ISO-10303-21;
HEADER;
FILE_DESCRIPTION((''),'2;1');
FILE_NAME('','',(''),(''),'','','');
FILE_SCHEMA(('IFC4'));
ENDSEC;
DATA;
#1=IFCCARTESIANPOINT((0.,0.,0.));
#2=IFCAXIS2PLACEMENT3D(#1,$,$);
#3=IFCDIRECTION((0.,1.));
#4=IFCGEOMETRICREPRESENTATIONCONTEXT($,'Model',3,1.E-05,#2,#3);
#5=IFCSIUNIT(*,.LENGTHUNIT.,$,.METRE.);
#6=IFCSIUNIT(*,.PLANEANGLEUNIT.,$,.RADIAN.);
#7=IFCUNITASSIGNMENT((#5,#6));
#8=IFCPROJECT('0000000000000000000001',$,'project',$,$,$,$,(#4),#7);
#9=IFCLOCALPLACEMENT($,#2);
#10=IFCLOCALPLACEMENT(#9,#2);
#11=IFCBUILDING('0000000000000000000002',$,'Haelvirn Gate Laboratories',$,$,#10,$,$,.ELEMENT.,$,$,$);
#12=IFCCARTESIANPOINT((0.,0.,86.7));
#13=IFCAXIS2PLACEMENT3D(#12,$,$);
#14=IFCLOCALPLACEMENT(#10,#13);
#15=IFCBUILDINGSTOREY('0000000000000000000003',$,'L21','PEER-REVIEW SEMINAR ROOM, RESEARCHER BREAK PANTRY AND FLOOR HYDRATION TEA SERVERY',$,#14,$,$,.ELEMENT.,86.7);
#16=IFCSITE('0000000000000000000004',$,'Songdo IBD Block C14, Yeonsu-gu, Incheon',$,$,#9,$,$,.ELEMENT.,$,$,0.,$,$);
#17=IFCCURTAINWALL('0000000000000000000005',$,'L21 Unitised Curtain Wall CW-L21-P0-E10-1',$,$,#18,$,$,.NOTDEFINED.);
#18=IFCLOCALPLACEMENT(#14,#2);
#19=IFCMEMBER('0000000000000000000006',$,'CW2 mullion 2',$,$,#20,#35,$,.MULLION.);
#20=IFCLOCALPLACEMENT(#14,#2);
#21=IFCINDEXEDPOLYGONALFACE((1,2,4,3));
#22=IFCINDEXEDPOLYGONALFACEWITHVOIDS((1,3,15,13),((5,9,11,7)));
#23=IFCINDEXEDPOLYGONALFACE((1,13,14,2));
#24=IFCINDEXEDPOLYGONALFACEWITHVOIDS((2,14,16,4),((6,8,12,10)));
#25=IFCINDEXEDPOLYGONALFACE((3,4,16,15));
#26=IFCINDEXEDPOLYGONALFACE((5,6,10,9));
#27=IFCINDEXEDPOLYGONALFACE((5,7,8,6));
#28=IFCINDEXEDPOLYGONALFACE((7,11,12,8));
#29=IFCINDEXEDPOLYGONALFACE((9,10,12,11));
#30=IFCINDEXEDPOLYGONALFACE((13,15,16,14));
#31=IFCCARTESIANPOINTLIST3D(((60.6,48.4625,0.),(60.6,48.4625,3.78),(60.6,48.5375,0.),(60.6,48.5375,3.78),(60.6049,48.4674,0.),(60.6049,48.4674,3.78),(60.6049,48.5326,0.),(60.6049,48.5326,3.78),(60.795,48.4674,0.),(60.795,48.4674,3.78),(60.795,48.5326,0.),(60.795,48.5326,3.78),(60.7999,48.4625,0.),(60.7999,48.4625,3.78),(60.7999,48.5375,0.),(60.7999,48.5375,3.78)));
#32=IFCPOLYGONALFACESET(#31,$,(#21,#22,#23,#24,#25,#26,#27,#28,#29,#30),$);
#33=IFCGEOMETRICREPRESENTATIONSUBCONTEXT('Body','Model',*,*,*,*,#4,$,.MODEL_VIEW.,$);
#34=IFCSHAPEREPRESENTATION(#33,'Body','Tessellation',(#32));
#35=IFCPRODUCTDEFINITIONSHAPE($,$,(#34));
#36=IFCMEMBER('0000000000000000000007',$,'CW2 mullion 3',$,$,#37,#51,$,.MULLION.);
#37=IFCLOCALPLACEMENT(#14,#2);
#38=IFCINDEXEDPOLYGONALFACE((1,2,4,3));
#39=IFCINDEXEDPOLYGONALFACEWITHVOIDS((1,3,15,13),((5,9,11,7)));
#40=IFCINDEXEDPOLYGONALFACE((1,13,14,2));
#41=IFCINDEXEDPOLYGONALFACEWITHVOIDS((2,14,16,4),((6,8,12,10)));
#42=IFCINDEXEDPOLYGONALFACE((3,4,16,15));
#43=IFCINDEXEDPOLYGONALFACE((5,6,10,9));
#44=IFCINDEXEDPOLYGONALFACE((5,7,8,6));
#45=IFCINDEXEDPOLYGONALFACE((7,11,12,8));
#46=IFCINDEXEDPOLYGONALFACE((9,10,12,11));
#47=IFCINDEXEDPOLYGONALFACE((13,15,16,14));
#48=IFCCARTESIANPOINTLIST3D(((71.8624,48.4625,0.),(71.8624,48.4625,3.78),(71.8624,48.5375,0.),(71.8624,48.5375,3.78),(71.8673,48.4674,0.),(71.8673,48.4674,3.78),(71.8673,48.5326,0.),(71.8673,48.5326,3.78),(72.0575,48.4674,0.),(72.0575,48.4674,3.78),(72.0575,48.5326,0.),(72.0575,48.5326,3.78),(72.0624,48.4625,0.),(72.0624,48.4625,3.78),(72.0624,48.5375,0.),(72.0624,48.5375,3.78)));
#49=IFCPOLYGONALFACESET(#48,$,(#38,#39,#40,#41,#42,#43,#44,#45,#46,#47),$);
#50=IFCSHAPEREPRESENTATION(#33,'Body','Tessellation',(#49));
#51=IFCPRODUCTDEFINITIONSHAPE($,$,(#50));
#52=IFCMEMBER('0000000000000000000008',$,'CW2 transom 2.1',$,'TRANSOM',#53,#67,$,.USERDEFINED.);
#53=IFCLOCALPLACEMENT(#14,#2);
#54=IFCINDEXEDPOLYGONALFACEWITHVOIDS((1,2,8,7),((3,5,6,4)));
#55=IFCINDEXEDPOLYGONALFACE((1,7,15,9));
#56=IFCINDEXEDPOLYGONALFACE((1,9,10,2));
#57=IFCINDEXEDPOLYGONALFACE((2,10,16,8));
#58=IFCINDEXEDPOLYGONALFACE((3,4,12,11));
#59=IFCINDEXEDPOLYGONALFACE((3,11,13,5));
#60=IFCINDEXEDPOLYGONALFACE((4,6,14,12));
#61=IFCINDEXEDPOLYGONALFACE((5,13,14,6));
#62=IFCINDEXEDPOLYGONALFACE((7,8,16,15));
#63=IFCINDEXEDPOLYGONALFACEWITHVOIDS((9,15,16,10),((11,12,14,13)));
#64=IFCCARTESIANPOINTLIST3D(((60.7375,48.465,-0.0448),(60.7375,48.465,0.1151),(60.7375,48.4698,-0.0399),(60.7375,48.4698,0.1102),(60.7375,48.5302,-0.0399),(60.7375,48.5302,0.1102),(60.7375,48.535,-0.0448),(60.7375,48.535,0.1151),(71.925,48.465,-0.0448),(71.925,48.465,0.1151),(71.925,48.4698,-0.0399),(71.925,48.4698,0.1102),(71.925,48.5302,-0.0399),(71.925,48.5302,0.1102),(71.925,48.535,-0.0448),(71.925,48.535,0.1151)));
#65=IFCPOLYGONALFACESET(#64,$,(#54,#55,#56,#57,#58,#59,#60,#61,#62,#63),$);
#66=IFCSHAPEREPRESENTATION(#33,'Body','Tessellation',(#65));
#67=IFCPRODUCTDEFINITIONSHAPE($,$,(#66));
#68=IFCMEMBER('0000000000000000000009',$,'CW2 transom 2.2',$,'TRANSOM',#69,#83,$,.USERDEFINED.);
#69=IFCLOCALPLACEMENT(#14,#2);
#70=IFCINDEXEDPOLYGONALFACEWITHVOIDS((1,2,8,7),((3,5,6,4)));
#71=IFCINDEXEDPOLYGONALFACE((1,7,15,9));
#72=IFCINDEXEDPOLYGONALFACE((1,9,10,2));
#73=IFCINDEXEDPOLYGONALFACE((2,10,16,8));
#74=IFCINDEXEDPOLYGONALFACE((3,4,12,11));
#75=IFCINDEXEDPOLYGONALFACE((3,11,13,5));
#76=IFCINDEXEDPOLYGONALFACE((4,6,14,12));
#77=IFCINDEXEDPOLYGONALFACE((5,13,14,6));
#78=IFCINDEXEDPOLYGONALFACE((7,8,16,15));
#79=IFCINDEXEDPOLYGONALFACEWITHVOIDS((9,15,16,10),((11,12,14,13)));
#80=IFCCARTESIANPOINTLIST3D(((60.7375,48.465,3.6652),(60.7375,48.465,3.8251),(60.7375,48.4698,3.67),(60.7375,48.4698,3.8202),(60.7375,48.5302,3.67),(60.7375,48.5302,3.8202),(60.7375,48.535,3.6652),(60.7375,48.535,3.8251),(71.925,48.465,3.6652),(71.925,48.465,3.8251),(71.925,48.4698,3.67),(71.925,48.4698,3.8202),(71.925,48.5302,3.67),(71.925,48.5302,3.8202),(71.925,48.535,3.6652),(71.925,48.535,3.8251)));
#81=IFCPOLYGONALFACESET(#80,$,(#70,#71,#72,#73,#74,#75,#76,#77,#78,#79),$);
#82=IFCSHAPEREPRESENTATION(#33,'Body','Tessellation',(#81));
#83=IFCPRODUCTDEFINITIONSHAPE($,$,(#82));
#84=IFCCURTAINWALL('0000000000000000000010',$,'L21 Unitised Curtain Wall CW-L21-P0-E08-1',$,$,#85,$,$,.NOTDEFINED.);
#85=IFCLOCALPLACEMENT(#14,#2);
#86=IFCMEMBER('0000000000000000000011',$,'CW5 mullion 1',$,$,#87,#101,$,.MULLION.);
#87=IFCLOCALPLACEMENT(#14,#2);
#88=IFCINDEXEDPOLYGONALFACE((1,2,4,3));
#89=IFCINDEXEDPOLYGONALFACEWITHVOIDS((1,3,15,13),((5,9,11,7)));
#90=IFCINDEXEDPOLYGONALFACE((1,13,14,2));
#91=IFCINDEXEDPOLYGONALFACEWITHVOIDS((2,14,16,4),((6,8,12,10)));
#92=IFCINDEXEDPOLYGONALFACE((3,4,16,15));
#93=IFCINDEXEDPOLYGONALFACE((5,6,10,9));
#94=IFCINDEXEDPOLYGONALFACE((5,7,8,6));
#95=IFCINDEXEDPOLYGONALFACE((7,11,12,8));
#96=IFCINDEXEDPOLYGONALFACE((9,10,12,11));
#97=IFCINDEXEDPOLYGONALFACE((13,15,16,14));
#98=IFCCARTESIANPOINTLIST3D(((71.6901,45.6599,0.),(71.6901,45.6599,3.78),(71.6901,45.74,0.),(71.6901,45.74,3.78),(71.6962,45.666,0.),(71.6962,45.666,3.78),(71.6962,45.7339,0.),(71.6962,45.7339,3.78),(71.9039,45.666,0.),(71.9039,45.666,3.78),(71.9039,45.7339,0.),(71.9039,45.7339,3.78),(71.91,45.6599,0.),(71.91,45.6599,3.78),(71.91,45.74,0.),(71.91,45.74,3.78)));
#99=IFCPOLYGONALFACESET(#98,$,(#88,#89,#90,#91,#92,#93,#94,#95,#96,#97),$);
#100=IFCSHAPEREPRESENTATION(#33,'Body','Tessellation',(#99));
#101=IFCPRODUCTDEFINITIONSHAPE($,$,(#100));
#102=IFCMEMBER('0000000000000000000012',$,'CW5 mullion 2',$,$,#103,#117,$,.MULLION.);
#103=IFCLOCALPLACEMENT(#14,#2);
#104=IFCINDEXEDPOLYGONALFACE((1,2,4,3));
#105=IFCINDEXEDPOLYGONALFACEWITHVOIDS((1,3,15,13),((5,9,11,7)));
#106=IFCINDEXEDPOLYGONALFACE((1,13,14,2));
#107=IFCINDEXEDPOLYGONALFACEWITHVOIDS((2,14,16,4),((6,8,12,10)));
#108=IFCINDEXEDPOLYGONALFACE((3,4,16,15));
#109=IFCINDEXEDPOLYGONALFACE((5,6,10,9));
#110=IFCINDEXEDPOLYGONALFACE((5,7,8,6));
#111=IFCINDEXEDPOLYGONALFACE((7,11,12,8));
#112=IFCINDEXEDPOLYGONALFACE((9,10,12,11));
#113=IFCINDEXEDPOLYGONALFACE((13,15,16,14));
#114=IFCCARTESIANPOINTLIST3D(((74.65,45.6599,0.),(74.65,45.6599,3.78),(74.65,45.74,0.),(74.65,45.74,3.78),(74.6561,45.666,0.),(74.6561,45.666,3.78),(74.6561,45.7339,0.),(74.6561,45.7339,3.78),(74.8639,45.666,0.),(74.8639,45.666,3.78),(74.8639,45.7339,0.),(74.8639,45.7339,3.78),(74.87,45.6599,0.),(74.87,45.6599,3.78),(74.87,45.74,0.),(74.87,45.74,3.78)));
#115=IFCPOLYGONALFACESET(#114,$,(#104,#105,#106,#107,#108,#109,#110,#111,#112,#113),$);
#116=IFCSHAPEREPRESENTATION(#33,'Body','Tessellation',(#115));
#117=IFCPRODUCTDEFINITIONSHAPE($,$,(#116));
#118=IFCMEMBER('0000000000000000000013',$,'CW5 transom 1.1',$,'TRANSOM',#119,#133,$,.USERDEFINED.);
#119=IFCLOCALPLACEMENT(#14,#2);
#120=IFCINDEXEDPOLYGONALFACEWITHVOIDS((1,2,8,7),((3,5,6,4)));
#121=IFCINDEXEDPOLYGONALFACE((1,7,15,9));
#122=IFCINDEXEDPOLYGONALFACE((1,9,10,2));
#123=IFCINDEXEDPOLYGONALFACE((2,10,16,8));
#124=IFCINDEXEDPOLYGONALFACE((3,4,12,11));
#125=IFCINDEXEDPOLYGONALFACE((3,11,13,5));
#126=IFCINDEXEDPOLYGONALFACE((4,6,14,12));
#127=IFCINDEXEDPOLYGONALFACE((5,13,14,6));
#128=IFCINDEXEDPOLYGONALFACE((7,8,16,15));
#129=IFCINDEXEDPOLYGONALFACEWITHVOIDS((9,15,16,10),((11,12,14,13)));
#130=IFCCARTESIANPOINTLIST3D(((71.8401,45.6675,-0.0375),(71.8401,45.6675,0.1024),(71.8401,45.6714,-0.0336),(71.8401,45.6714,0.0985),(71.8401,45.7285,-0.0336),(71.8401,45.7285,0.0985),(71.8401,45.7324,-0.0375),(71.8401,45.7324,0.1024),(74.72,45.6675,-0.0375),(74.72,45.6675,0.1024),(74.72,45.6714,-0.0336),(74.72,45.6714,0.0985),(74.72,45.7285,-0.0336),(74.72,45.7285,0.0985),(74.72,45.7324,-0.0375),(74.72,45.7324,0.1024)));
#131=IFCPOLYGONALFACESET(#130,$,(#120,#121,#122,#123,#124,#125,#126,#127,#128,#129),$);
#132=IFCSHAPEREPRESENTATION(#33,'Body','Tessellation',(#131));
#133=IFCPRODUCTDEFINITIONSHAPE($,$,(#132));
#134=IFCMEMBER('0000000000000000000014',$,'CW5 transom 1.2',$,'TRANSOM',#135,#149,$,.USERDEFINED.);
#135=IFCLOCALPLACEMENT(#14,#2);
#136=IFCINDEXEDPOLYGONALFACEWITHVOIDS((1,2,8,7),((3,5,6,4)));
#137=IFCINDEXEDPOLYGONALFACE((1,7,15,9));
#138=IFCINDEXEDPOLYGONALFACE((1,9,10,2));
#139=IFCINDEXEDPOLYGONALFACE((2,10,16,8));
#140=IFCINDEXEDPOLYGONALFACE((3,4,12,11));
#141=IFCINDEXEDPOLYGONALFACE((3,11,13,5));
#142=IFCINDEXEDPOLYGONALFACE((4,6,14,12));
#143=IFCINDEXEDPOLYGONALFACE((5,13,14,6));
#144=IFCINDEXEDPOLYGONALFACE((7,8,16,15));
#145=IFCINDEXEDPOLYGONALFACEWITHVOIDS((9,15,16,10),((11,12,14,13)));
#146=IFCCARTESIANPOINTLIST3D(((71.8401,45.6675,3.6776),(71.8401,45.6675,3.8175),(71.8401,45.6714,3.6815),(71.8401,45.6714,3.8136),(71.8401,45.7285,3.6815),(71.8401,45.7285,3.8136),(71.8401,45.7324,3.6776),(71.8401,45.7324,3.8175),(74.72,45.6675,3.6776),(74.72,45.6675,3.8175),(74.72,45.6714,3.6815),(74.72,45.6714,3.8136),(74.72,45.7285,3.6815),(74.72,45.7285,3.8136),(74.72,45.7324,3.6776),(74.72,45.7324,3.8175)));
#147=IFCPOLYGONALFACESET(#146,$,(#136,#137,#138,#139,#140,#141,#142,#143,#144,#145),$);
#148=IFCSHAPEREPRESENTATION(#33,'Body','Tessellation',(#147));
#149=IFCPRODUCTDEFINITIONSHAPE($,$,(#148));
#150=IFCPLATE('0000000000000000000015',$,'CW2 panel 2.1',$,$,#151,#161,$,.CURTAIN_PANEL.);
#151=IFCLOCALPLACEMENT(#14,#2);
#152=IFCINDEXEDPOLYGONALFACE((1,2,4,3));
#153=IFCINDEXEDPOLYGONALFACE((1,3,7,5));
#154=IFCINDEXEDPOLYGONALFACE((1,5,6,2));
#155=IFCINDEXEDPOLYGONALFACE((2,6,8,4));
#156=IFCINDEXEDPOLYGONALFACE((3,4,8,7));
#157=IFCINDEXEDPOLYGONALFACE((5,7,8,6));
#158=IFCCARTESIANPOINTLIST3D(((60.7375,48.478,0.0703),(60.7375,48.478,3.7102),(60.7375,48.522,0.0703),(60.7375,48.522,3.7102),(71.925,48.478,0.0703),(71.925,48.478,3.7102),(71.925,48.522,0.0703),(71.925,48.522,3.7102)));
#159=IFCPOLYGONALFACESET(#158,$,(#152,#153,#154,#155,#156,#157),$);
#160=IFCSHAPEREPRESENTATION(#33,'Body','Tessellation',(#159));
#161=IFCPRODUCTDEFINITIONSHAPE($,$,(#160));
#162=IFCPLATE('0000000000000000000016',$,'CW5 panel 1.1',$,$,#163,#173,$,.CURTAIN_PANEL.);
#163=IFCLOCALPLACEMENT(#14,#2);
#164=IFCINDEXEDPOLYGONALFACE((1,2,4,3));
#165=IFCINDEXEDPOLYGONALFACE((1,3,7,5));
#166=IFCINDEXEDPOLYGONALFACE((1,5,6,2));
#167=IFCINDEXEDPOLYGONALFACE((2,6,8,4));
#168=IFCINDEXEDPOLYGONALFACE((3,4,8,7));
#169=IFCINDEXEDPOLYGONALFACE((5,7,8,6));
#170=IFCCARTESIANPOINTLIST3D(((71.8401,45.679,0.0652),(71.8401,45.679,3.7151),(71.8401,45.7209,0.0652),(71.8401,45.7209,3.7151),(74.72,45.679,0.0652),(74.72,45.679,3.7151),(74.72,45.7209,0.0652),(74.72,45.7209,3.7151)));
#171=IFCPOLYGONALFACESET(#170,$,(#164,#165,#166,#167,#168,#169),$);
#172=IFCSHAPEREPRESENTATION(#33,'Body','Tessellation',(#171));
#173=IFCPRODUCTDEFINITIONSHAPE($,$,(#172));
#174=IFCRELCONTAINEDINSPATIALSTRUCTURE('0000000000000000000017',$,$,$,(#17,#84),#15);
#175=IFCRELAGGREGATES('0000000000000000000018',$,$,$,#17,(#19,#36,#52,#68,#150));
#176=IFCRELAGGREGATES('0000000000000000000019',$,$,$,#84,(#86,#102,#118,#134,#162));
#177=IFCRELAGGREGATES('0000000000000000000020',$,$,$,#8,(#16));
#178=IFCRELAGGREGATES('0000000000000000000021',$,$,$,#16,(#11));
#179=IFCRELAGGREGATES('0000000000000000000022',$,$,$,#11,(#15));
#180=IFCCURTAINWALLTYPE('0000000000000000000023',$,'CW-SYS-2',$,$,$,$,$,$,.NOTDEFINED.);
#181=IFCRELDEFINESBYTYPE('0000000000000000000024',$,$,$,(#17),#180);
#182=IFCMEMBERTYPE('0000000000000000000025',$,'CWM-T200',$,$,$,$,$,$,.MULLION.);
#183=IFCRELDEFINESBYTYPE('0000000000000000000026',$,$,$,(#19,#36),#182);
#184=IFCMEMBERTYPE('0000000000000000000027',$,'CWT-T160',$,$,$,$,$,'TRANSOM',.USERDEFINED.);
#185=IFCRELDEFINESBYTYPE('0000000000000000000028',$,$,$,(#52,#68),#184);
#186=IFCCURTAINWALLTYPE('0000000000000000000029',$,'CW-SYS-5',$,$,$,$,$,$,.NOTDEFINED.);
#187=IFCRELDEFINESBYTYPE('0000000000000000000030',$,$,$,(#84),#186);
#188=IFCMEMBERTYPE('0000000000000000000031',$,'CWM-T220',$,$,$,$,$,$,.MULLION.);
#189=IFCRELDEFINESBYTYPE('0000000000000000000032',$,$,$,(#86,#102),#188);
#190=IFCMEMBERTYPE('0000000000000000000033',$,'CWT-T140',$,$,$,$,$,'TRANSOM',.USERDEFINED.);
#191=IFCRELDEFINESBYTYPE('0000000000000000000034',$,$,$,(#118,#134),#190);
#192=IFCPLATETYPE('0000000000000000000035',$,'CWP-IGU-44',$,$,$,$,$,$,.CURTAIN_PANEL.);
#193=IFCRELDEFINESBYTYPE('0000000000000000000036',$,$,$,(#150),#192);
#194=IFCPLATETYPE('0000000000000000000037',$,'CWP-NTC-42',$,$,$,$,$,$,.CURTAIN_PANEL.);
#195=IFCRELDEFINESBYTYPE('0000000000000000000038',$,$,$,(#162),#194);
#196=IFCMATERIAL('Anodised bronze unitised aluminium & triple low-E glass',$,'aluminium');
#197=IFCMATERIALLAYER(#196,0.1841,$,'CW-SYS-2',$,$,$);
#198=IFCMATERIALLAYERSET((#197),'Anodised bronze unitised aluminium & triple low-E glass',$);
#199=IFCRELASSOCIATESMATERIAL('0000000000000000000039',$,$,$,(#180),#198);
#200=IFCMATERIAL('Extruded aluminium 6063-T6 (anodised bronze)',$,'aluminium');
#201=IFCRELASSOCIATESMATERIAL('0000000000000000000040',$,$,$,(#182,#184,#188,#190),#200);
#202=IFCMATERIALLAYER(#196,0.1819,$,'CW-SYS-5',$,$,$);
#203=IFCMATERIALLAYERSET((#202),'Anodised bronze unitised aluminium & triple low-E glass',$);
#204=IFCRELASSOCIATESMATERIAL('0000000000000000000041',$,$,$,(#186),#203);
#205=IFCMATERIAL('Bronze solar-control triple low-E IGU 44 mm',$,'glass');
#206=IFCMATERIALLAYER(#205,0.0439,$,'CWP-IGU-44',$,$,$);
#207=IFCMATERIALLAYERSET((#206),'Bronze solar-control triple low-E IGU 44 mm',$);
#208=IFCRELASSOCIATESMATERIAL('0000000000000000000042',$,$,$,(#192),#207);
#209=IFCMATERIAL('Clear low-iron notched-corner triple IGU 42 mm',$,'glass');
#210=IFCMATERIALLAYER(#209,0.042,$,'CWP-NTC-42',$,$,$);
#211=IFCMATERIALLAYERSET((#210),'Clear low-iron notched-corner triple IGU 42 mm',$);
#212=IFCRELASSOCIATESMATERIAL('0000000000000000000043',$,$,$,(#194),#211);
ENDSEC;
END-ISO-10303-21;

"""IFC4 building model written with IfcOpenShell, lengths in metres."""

from ifc_helpers import new_model, si_unit, direction, frame, origin, origin_2d, place, context, subcontext, project, spatial, rectangle, hollow_rectangle, extrude, source, transform, mapped, material, layer, layer_set, material_profile, profile_set, type_object, type_shapes, element, aggregate, save


model = new_model("IFC4")

# Units and contexts
model_context = context("Model", 3, precision=1e-05, world=origin(), true_north=direction((0.0, 1.0)))
body_context = subcontext(model_context, "Body", "Model", "MODEL_VIEW")
ifc_project = project(units=[si_unit("LENGTHUNIT", "METRE"), si_unit("PLANEANGLEUNIT", "RADIAN")], contexts=[model_context])

# Site, building, storey
site_placement = place(None, origin())
site = spatial("IfcSite", under=ifc_project, at=site_placement, Name="Songdo IBD Block C14, Yeonsu-gu, Incheon", CompositionType="ELEMENT", RefElevation=0.0)
building_placement = place(site_placement, origin())
building = spatial("IfcBuilding", under=site, at=building_placement, Name="Haelvirn Gate Laboratories", CompositionType="ELEMENT")
storey_placement = place(building_placement, frame((0.0, 0.0, 86.7)))
storey = spatial("IfcBuildingStorey", under=building, at=storey_placement, Name="L21", Description="PEER-REVIEW SEMINAR ROOM, RESEARCHER BREAK PANTRY AND FLOOR HYDRATION TEA SERVERY", CompositionType="ELEMENT", Elevation=86.7)

# Shared definitions
ifc_material_1 = material(Name="Anodised bronze unitised aluminium & triple low-E glass", Category="aluminium")
ifc_layer_1 = layer(ifc_material_1, 0.1841, Name="CW-SYS-2")
ifc_layer_set_1 = layer_set([ifc_layer_1], Name="Anodised bronze unitised aluminium & triple low-E glass")
curtain_wall_type_1 = type_object("IfcCurtainWallType", Name="CW-SYS-2", PredefinedType="NOTDEFINED", material=ifc_layer_set_1)
ifc_material_2 = material(Name="Extruded aluminium 6063-T6 (anodised bronze)", Category="aluminium")
ifc_material_profile_1 = material_profile(ifc_material_2, hollow_rectangle(XDim=0.075, YDim=0.2, WallThickness=0.0049, at=origin_2d()), Name="CWM-200x75x5")
ifc_profile_set_1 = profile_set([ifc_material_profile_1], Name="Extruded aluminium 6063-T6 (anodised bronze)")
member_type_1 = type_object("IfcMemberType", Name="CWM-T200", PredefinedType="MULLION", material=ifc_profile_set_1)
shared_shape_1 = source(origin(), body_context, "Body", "SweptSolid", [
    extrude(hollow_rectangle(XDim=0.075, YDim=0.2, WallThickness=0.0049, at=origin_2d()), origin(), (0.0, 0.0, 1.0), 3.78),
])
type_shapes(member_type_1, [shared_shape_1])

# Curtain walls, members
curtain_wall_1_placement = place(storey_placement, origin())
curtain_wall_1 = element("IfcCurtainWall", 1, at=curtain_wall_1_placement, inside=storey, type_object=curtain_wall_type_1, Name="L21 Unitised Curtain Wall CW-L21-P0-E10-1", PredefinedType="NOTDEFINED")
member_1_placement = place(storey_placement, frame((60.7, 48.5, 0.0), z_axis=(0.0, 0.0, 1.0), x_axis=(0.0, 1.0, 0.0)))
member_1 = element("IfcMember", 2, at=member_1_placement, type_object=member_type_1, Name="CW2 mullion 2", PredefinedType="MULLION", context=body_context, shape_type="MappedRepresentation", body=[
    mapped(shared_shape_1, transform((0.0, 0.0, 0.0), scale=1.0)),
])
member_2_placement = place(storey_placement, frame((71.9624, 48.5, 0.0), z_axis=(0.0, 0.0, 1.0), x_axis=(0.0, 1.0, 0.0)))
member_2 = element("IfcMember", 3, at=member_2_placement, type_object=member_type_1, Name="CW2 mullion 3", PredefinedType="MULLION", context=body_context, shape_type="MappedRepresentation", body=[
    mapped(shared_shape_1, transform((0.0, 0.0, 0.0), scale=1.0)),
])
ifc_material_profile_2 = material_profile(ifc_material_2, hollow_rectangle(XDim=0.0701, YDim=0.1599, WallThickness=0.0049, at=origin_2d()), Name="CWT-160x70x5")
ifc_profile_set_2 = profile_set([ifc_material_profile_2], Name="Extruded aluminium 6063-T6 (anodised bronze)")
member_type_2 = type_object("IfcMemberType", Name="CWT-T160", ElementType="TRANSOM", PredefinedType="USERDEFINED", material=ifc_profile_set_2)
shared_shape_2 = source(origin(), body_context, "Body", "SweptSolid", [
    extrude(hollow_rectangle(XDim=0.0701, YDim=0.1599, WallThickness=0.0049, at=origin_2d()), origin(), (0.0, 0.0, 1.0), 11.1875),
])
type_shapes(member_type_2, [shared_shape_2])
member_3_placement = place(storey_placement, frame((60.7375, 48.5, 0.0352), z_axis=(1.0, 0.0, 0.0), x_axis=(0.0, 1.0, 0.0)))
member_3 = element("IfcMember", 4, at=member_3_placement, type_object=member_type_2, Name="CW2 transom 2.1", ObjectType="TRANSOM", PredefinedType="USERDEFINED", context=body_context, shape_type="MappedRepresentation", body=[
    mapped(shared_shape_2, transform((0.0, 0.0, 0.0), scale=1.0)),
])
member_4_placement = place(storey_placement, frame((60.7375, 48.5, 3.7451), z_axis=(1.0, 0.0, 0.0), x_axis=(0.0, 1.0, 0.0)))
member_4 = element("IfcMember", 5, at=member_4_placement, type_object=member_type_2, Name="CW2 transom 2.2", ObjectType="TRANSOM", PredefinedType="USERDEFINED", context=body_context, shape_type="MappedRepresentation", body=[
    mapped(shared_shape_2, transform((0.0, 0.0, 0.0), scale=1.0)),
])
ifc_layer_2 = layer(ifc_material_1, 0.1819, Name="CW-SYS-5")
ifc_layer_set_2 = layer_set([ifc_layer_2], Name="Anodised bronze unitised aluminium & triple low-E glass")
curtain_wall_type_2 = type_object("IfcCurtainWallType", Name="CW-SYS-5", PredefinedType="NOTDEFINED", material=ifc_layer_set_2)
curtain_wall_2_placement = place(storey_placement, origin())
curtain_wall_2 = element("IfcCurtainWall", 6, at=curtain_wall_2_placement, inside=storey, type_object=curtain_wall_type_2, Name="L21 Unitised Curtain Wall CW-L21-P0-E08-1", PredefinedType="NOTDEFINED")
ifc_material_profile_3 = material_profile(ifc_material_2, hollow_rectangle(XDim=0.0801, YDim=0.22, WallThickness=0.0061, at=origin_2d()), Name="CWM-220x80x6")
ifc_profile_set_3 = profile_set([ifc_material_profile_3], Name="Extruded aluminium 6063-T6 (anodised bronze)")
member_type_3 = type_object("IfcMemberType", Name="CWM-T220", PredefinedType="MULLION", material=ifc_profile_set_3)
shared_shape_3 = source(origin(), body_context, "Body", "SweptSolid", [
    extrude(hollow_rectangle(XDim=0.0801, YDim=0.22, WallThickness=0.0061, at=origin_2d()), origin(), (0.0, 0.0, 1.0), 3.78),
])
type_shapes(member_type_3, [shared_shape_3])
member_5_placement = place(storey_placement, frame((71.8, 45.7, 0.0), z_axis=(0.0, 0.0, 1.0), x_axis=(0.0, 1.0, 0.0)))
member_5 = element("IfcMember", 7, at=member_5_placement, type_object=member_type_3, Name="CW5 mullion 1", PredefinedType="MULLION", context=body_context, shape_type="MappedRepresentation", body=[
    mapped(shared_shape_3, transform((0.0, 0.0, 0.0), scale=1.0)),
])
member_6_placement = place(storey_placement, frame((74.76, 45.7, 0.0), z_axis=(0.0, 0.0, 1.0), x_axis=(0.0, 1.0, 0.0)))
member_6 = element("IfcMember", 8, at=member_6_placement, type_object=member_type_3, Name="CW5 mullion 2", PredefinedType="MULLION", context=body_context, shape_type="MappedRepresentation", body=[
    mapped(shared_shape_3, transform((0.0, 0.0, 0.0), scale=1.0)),
])
ifc_material_profile_4 = material_profile(ifc_material_2, hollow_rectangle(XDim=0.0649, YDim=0.1399, WallThickness=0.0039, at=origin_2d()), Name="CWT-140x65x4")
ifc_profile_set_4 = profile_set([ifc_material_profile_4], Name="Extruded aluminium 6063-T6 (anodised bronze)")
member_type_4 = type_object("IfcMemberType", Name="CWT-T140", ElementType="TRANSOM", PredefinedType="USERDEFINED", material=ifc_profile_set_4)
shared_shape_4 = source(origin(), body_context, "Body", "SweptSolid", [
    extrude(hollow_rectangle(XDim=0.0649, YDim=0.1399, WallThickness=0.0039, at=origin_2d()), origin(), (0.0, 0.0, 1.0), 2.8799),
])
type_shapes(member_type_4, [shared_shape_4])
member_7_placement = place(storey_placement, frame((71.8401, 45.7, 0.0325), z_axis=(1.0, 0.0, 0.0), x_axis=(0.0, 1.0, 0.0)))
member_7 = element("IfcMember", 9, at=member_7_placement, type_object=member_type_4, Name="CW5 transom 1.1", ObjectType="TRANSOM", PredefinedType="USERDEFINED", context=body_context, shape_type="MappedRepresentation", body=[
    mapped(shared_shape_4, transform((0.0, 0.0, 0.0), scale=1.0)),
])
member_8_placement = place(storey_placement, frame((71.8401, 45.7, 3.7476), z_axis=(1.0, 0.0, 0.0), x_axis=(0.0, 1.0, 0.0)))
member_8 = element("IfcMember", 10, at=member_8_placement, type_object=member_type_4, Name="CW5 transom 1.2", ObjectType="TRANSOM", PredefinedType="USERDEFINED", context=body_context, shape_type="MappedRepresentation", body=[
    mapped(shared_shape_4, transform((0.0, 0.0, 0.0), scale=1.0)),
])

# Plates
ifc_material_3 = material(Name="Bronze solar-control triple low-E IGU 44 mm", Category="glass")
ifc_layer_3 = layer(ifc_material_3, 0.0439, Name="CWP-IGU-44")
ifc_layer_set_3 = layer_set([ifc_layer_3], Name="Bronze solar-control triple low-E IGU 44 mm")
plate_type_1 = type_object("IfcPlateType", Name="CWP-IGU-44", PredefinedType="CURTAIN_PANEL", material=ifc_layer_set_3)
shared_shape_5 = source(origin(), body_context, "Body", "SweptSolid", [
    extrude(rectangle(XDim=11.1875, YDim=0.0439, at=origin_2d()), origin(), (0.0, 0.0, 1.0), 3.6399),
])
plate_1_placement = place(storey_placement, frame((66.3313, 48.5, 0.0703), z_axis=(0.0, 0.0, 1.0), x_axis=(1.0, 0.0, 0.0)))
plate_1 = element("IfcPlate", 11, at=plate_1_placement, type_object=plate_type_1, Name="CW2 panel 2.1", PredefinedType="CURTAIN_PANEL", context=body_context, shape_type="MappedRepresentation", body=[
    mapped(shared_shape_5, transform((0.0, 0.0, 0.0), scale=1.0)),
])
aggregate(curtain_wall_1, [member_1, member_2, member_3, member_4, plate_1])
ifc_material_4 = material(Name="Clear low-iron notched-corner triple IGU 42 mm", Category="glass")
ifc_layer_4 = layer(ifc_material_4, 0.042, Name="CWP-NTC-42")
ifc_layer_set_4 = layer_set([ifc_layer_4], Name="Clear low-iron notched-corner triple IGU 42 mm")
plate_type_2 = type_object("IfcPlateType", Name="CWP-NTC-42", PredefinedType="CURTAIN_PANEL", material=ifc_layer_set_4)
shared_shape_6 = source(origin(), body_context, "Body", "SweptSolid", [
    extrude(rectangle(XDim=2.8799, YDim=0.042, at=origin_2d()), origin(), (0.0, 0.0, 1.0), 3.6499),
])
type_shapes(plate_type_2, [shared_shape_6])
plate_2_placement = place(storey_placement, frame((73.28, 45.7, 0.0652), z_axis=(0.0, 0.0, 1.0), x_axis=(1.0, 0.0, 0.0)))
plate_2 = element("IfcPlate", 12, at=plate_2_placement, type_object=plate_type_2, Name="CW5 panel 1.1", PredefinedType="CURTAIN_PANEL", context=body_context, shape_type="MappedRepresentation", body=[
    mapped(shared_shape_6, transform((0.0, 0.0, 0.0), scale=1.0)),
])
aggregate(curtain_wall_2, [member_5, member_6, member_7, member_8, plate_2])

save(model, "model.ifc")
